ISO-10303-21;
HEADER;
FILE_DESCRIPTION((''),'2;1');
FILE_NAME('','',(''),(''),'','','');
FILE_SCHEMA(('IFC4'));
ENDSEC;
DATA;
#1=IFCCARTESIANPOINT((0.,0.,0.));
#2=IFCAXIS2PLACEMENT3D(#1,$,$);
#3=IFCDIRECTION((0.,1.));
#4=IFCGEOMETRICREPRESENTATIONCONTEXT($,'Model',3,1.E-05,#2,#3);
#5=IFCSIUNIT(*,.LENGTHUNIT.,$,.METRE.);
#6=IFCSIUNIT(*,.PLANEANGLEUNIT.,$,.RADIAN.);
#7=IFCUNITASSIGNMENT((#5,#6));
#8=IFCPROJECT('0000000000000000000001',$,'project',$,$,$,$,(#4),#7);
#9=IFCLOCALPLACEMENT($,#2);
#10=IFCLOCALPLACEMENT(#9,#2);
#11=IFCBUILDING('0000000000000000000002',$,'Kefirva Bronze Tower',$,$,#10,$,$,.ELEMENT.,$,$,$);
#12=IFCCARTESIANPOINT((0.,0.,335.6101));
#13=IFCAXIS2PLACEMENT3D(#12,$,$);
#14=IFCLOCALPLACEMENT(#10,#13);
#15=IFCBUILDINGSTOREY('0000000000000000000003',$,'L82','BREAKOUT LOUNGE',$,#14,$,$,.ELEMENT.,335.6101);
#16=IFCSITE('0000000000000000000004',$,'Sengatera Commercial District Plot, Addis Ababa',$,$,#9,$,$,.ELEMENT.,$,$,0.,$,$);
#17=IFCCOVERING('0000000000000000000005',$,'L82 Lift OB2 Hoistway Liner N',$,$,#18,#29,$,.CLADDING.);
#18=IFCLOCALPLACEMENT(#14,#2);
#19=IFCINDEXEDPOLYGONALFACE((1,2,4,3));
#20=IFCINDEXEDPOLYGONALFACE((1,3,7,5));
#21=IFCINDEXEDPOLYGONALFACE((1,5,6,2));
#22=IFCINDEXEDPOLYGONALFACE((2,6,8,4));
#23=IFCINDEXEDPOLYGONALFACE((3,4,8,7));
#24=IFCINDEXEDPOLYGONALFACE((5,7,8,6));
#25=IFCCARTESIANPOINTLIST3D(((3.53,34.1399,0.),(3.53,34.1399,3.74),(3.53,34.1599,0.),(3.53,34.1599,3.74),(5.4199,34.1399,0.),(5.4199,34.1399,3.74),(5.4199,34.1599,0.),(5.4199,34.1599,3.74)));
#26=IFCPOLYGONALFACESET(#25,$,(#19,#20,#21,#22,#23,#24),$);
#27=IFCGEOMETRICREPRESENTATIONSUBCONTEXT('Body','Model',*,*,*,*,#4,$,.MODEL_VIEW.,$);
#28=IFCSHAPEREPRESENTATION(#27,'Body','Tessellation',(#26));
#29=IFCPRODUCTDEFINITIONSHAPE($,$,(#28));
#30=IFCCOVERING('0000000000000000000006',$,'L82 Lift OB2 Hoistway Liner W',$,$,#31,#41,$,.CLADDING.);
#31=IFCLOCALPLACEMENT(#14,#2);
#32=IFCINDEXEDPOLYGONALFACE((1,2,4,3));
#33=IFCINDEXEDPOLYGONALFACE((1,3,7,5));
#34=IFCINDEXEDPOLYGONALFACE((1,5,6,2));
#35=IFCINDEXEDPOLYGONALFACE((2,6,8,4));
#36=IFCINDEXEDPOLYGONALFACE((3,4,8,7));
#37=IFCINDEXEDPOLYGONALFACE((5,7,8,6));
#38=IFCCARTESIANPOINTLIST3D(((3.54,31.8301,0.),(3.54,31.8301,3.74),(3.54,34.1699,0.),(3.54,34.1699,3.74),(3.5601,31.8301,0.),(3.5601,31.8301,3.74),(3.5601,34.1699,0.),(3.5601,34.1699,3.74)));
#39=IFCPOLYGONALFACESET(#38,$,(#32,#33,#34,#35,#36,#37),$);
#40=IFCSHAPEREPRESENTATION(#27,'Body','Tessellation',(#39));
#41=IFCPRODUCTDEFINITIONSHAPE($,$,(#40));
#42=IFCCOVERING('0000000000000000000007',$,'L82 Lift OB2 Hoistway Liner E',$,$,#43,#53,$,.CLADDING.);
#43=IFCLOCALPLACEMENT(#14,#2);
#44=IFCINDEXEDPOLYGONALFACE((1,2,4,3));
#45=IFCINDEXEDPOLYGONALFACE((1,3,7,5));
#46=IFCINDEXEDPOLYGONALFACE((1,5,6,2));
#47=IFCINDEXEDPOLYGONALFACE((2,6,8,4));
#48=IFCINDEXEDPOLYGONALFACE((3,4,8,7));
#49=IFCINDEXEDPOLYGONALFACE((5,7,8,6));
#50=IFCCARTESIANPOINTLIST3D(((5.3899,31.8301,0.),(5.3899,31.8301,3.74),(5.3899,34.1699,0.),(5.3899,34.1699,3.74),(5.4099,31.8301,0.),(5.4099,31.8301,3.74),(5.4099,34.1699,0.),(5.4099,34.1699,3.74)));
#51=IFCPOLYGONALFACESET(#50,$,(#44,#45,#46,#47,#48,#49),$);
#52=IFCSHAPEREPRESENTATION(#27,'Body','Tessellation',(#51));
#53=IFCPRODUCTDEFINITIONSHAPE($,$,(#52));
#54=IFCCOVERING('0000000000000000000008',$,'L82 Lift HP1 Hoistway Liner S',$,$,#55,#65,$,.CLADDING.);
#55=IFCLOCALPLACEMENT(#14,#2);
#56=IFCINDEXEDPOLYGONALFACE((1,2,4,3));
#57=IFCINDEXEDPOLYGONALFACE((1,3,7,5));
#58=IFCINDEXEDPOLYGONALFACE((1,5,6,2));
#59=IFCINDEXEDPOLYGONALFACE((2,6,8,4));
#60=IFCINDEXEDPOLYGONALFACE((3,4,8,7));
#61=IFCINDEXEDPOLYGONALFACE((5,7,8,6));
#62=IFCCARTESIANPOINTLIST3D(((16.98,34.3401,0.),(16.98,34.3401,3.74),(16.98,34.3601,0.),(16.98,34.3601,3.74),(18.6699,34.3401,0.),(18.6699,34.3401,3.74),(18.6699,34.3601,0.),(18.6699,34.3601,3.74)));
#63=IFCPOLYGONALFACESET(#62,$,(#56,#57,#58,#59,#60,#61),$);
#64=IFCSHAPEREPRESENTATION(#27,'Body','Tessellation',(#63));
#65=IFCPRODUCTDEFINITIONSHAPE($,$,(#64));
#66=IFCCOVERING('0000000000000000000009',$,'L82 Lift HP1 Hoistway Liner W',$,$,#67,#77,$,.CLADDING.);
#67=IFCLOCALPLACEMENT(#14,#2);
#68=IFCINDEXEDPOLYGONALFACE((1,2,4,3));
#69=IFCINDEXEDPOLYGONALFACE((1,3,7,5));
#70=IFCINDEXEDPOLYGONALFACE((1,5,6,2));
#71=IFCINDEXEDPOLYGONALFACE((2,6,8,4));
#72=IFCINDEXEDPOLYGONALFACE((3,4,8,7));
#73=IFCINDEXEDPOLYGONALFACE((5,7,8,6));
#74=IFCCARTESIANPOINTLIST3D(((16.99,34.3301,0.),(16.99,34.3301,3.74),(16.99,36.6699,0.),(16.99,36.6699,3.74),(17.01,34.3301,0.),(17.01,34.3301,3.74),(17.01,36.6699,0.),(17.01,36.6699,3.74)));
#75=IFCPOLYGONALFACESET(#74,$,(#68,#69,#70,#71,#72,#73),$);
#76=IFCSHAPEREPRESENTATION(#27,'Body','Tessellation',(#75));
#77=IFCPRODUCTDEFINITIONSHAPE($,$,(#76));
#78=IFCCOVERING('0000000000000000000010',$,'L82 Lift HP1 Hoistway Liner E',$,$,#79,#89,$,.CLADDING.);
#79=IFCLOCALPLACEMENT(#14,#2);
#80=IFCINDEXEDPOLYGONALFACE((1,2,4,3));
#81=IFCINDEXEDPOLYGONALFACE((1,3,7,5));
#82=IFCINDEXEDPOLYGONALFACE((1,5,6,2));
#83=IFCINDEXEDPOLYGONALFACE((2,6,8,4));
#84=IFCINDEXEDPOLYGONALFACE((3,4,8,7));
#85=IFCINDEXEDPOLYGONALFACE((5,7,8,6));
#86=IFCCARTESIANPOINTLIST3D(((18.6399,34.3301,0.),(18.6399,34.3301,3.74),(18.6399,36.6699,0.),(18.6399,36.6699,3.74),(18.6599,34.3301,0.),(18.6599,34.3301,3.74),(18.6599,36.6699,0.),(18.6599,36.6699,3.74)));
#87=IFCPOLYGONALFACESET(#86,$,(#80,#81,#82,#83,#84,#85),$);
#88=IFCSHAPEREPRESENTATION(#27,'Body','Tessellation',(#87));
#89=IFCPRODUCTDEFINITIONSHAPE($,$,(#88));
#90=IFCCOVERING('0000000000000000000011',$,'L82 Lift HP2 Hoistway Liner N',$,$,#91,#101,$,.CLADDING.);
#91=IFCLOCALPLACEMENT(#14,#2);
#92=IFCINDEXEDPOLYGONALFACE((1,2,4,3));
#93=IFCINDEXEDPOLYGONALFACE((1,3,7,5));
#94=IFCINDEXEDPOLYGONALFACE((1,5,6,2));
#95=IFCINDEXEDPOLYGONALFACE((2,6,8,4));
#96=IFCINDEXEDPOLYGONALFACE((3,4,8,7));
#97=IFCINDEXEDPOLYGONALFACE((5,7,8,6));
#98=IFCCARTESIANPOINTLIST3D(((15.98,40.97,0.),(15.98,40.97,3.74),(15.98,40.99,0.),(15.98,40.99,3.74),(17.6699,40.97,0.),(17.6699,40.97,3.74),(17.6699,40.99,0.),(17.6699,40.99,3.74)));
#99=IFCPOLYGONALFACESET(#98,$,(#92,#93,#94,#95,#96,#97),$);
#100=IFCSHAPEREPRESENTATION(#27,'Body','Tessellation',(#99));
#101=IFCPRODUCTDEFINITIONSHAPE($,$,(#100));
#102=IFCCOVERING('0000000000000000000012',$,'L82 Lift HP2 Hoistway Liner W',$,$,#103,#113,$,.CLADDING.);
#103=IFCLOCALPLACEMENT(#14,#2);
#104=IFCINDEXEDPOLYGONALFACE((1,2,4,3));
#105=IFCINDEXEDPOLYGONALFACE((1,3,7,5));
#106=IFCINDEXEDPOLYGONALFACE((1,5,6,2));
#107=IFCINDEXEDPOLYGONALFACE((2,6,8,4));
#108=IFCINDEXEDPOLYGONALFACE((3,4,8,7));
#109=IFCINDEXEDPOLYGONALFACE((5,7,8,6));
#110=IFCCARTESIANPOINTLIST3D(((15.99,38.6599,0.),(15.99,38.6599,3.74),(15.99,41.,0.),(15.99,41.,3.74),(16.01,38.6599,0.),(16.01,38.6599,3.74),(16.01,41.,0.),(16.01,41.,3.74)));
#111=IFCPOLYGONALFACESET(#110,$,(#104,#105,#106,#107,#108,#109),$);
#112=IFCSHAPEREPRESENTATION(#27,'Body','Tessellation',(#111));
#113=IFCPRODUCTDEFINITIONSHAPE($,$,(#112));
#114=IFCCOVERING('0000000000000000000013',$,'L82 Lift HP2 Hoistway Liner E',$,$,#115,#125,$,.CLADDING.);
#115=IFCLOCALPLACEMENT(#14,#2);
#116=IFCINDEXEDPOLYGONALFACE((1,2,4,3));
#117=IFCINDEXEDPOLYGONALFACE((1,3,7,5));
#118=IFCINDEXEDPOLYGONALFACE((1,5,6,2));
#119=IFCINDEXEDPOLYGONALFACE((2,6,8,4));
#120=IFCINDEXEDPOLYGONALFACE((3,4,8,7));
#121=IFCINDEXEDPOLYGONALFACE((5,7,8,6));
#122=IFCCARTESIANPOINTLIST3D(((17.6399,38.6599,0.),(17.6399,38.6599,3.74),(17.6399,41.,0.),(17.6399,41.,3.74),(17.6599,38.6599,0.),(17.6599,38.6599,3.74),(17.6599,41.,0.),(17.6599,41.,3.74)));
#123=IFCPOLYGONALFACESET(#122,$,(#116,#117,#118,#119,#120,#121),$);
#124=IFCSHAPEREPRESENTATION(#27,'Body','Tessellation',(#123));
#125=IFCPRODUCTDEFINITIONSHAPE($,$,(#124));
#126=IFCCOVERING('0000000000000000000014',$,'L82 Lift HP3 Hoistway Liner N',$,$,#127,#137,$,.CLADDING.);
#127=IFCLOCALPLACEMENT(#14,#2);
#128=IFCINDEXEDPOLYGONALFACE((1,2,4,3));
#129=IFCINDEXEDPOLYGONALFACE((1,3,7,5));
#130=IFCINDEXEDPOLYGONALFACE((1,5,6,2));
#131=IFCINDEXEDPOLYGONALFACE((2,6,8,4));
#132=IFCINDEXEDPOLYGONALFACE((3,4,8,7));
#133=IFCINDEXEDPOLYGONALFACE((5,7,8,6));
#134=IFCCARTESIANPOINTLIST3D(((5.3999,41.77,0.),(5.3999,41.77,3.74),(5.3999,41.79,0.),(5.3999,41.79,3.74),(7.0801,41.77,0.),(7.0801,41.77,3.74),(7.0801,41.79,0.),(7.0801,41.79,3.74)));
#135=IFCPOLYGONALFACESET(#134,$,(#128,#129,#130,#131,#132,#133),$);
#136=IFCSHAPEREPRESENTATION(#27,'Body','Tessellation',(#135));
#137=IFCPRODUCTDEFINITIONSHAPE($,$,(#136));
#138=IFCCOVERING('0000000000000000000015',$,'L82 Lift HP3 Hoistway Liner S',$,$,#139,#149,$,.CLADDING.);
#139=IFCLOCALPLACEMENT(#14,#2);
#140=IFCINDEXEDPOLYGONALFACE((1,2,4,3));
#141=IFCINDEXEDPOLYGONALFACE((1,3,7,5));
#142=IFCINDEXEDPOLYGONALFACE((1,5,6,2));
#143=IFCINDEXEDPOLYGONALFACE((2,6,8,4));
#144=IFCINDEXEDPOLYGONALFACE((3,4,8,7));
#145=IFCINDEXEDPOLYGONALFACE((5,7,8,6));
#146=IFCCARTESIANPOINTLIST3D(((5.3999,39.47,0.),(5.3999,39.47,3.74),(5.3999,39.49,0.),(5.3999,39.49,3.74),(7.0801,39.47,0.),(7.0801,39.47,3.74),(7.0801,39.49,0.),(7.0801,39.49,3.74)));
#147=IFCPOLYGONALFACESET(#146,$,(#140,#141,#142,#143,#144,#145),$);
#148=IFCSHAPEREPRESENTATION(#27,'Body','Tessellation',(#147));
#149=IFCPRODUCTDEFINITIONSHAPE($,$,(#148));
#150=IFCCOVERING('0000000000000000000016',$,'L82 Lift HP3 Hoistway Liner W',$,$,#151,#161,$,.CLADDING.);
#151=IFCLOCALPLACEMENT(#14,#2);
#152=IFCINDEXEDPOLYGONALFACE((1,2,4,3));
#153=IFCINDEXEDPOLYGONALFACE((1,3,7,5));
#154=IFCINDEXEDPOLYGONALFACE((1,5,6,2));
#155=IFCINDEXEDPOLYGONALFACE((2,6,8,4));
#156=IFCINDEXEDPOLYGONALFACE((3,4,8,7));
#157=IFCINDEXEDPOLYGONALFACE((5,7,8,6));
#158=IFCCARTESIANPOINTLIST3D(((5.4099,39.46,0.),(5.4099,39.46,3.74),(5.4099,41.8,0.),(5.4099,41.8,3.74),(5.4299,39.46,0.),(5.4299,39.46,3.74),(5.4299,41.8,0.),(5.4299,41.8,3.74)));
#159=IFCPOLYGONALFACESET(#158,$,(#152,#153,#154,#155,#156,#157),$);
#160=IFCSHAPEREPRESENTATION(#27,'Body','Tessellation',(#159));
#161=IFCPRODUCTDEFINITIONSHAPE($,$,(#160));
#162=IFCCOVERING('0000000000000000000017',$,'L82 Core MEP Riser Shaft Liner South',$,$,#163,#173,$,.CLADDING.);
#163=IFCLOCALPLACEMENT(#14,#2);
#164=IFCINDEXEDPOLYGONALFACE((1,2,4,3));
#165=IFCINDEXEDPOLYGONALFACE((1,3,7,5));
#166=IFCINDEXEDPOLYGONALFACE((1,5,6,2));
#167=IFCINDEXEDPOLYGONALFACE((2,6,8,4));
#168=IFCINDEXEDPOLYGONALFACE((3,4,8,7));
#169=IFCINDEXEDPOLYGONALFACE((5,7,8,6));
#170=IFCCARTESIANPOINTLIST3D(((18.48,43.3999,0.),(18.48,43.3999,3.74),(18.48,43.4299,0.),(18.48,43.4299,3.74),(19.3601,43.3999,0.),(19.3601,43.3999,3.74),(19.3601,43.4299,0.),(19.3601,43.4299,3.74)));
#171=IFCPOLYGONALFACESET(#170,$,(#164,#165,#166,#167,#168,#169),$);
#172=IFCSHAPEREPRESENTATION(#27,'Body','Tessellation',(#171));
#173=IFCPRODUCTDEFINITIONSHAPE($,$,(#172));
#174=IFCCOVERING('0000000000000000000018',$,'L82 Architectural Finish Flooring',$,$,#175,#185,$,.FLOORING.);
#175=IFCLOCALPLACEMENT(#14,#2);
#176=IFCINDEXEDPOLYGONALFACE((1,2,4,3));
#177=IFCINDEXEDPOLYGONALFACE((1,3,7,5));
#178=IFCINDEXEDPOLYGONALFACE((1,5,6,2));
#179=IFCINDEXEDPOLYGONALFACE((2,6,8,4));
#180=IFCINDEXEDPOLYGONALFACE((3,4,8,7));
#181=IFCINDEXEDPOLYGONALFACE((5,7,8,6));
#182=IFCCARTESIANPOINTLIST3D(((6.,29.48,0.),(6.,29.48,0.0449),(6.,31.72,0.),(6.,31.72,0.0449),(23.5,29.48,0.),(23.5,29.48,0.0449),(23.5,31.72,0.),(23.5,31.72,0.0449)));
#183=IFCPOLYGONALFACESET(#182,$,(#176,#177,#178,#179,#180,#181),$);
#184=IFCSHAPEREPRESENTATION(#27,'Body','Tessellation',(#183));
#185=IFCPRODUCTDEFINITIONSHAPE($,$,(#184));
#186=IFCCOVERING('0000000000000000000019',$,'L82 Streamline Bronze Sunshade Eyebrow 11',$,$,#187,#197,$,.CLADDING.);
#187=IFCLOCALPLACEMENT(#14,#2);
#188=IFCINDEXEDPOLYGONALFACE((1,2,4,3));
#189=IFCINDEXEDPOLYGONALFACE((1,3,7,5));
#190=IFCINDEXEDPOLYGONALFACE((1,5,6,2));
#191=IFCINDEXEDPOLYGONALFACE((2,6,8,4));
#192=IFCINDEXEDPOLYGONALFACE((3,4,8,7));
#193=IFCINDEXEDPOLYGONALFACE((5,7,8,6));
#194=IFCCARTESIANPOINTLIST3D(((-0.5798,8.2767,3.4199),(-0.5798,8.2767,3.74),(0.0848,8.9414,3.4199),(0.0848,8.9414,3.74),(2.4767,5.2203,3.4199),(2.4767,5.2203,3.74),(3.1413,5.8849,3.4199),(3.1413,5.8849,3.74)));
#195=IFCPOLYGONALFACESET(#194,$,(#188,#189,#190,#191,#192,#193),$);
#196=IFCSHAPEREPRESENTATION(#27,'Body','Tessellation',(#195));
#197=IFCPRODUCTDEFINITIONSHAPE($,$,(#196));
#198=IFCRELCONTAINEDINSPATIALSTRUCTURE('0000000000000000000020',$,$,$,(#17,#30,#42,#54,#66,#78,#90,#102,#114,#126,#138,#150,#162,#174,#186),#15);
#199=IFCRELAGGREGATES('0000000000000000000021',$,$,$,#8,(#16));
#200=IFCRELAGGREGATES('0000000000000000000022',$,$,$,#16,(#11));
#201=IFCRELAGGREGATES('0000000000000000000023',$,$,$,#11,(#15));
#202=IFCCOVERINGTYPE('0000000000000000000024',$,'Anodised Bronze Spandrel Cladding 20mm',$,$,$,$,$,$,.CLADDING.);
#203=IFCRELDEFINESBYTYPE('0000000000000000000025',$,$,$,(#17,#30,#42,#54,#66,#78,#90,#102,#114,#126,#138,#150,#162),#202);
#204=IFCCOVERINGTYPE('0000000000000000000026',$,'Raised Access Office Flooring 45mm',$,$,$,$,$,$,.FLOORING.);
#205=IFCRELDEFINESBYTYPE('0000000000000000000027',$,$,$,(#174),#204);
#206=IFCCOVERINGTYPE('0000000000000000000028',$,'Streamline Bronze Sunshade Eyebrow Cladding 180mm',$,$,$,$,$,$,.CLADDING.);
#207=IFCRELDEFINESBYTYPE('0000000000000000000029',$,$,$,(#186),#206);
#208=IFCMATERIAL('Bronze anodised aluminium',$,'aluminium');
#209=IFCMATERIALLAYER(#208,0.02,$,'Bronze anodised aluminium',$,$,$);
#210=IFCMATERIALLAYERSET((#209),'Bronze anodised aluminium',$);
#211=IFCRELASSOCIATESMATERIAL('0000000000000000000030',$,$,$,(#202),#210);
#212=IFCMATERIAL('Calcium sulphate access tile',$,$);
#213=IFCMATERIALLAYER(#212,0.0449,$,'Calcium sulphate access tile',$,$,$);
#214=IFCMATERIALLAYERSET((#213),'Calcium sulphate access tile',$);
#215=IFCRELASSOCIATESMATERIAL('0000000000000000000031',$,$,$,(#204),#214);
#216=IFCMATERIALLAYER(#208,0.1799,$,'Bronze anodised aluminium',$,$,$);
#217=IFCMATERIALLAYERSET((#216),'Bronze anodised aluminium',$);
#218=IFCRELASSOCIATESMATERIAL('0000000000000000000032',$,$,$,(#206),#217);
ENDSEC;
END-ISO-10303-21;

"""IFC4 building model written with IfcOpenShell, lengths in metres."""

from ifc_helpers import new_model, si_unit, direction, frame, origin, origin_2d, place, context, subcontext, project, spatial, polyline, rectangle, outline, extrude, material, layer, layer_set, type_object, element, save


model = new_model("IFC4")

# Units and contexts
model_context = context("Model", 3, precision=1e-05, world=origin(), true_north=direction((0.0, 1.0)))
body_context = subcontext(model_context, "Body", "Model", "MODEL_VIEW")
ifc_project = project(units=[si_unit("LENGTHUNIT", "METRE"), si_unit("PLANEANGLEUNIT", "RADIAN")], contexts=[model_context])

# Site, building, storey
site_placement = place(None, origin())
site = spatial("IfcSite", under=ifc_project, at=site_placement, Name="Sengatera Commercial District Plot, Addis Ababa", CompositionType="ELEMENT", RefElevation=0.0)
building_placement = place(site_placement, origin())
building = spatial("IfcBuilding", under=site, at=building_placement, Name="Kefirva Bronze Tower", CompositionType="ELEMENT")
storey_placement = place(building_placement, frame((0.0, 0.0, 335.6101)))
storey = spatial("IfcBuildingStorey", under=building, at=storey_placement, Name="L82", Description="BREAKOUT LOUNGE", CompositionType="ELEMENT", Elevation=335.6101)

# Shared definitions
ifc_material_1 = material(Name="Bronze anodised aluminium", Category="aluminium")

# Coverings
ifc_layer_1 = layer(ifc_material_1, 0.02, Name="Bronze anodised aluminium")
ifc_layer_set_1 = layer_set([ifc_layer_1], Name="Bronze anodised aluminium")
covering_type_1 = type_object("IfcCoveringType", Name="Anodised Bronze Spandrel Cladding 20mm", PredefinedType="CLADDING", material=ifc_layer_set_1)
covering_1_placement = place(storey_placement, origin())
element("IfcCovering", 1, at=covering_1_placement, inside=storey, type_object=covering_type_1, Name="L82 Lift OB2 Hoistway Liner N", PredefinedType="CLADDING", context=body_context, shape_type="SweptSolid", body=[
    extrude(outline(polyline([(3.53, 34.1399), (5.4199, 34.1399), (5.4199, 34.1599), (3.53, 34.1599), (3.53, 34.1399)])), origin(), (0.0, 0.0, 1.0), 3.74),
])
covering_2_placement = place(storey_placement, origin())
element("IfcCovering", 2, at=covering_2_placement, inside=storey, type_object=covering_type_1, Name="L82 Lift OB2 Hoistway Liner W", PredefinedType="CLADDING", context=body_context, shape_type="SweptSolid", body=[
    extrude(outline(polyline([(3.54, 31.8301), (3.5601, 31.8301), (3.5601, 34.1699), (3.54, 34.1699), (3.54, 31.8301)])), origin(), (0.0, 0.0, 1.0), 3.74),
])
covering_3_placement = place(storey_placement, origin())
element("IfcCovering", 3, at=covering_3_placement, inside=storey, type_object=covering_type_1, Name="L82 Lift OB2 Hoistway Liner E", PredefinedType="CLADDING", context=body_context, shape_type="SweptSolid", body=[
    extrude(outline(polyline([(5.3899, 31.8301), (5.4099, 31.8301), (5.4099, 34.1699), (5.3899, 34.1699), (5.3899, 31.8301)])), origin(), (0.0, 0.0, 1.0), 3.74),
])
covering_4_placement = place(storey_placement, origin())
element("IfcCovering", 4, at=covering_4_placement, inside=storey, type_object=covering_type_1, Name="L82 Lift HP1 Hoistway Liner S", PredefinedType="CLADDING", context=body_context, shape_type="SweptSolid", body=[
    extrude(outline(polyline([(16.98, 34.3401), (18.6699, 34.3401), (18.6699, 34.3601), (16.98, 34.3601), (16.98, 34.3401)])), origin(), (0.0, 0.0, 1.0), 3.74),
])
covering_5_placement = place(storey_placement, origin())
element("IfcCovering", 5, at=covering_5_placement, inside=storey, type_object=covering_type_1, Name="L82 Lift HP1 Hoistway Liner W", PredefinedType="CLADDING", context=body_context, shape_type="SweptSolid", body=[
    extrude(outline(polyline([(16.99, 34.3301), (17.01, 34.3301), (17.01, 36.6699), (16.99, 36.6699), (16.99, 34.3301)])), origin(), (0.0, 0.0, 1.0), 3.74),
])
covering_6_placement = place(storey_placement, origin())
element("IfcCovering", 6, at=covering_6_placement, inside=storey, type_object=covering_type_1, Name="L82 Lift HP1 Hoistway Liner E", PredefinedType="CLADDING", context=body_context, shape_type="SweptSolid", body=[
    extrude(outline(polyline([(18.6399, 34.3301), (18.6599, 34.3301), (18.6599, 36.6699), (18.6399, 36.6699), (18.6399, 34.3301)])), origin(), (0.0, 0.0, 1.0), 3.74),
])
covering_7_placement = place(storey_placement, origin())
element("IfcCovering", 7, at=covering_7_placement, inside=storey, type_object=covering_type_1, Name="L82 Lift HP2 Hoistway Liner N", PredefinedType="CLADDING", context=body_context, shape_type="SweptSolid", body=[
    extrude(outline(polyline([(15.98, 40.97), (17.6699, 40.97), (17.6699, 40.99), (15.98, 40.99), (15.98, 40.97)])), origin(), (0.0, 0.0, 1.0), 3.74),
])
covering_8_placement = place(storey_placement, origin())
element("IfcCovering", 8, at=covering_8_placement, inside=storey, type_object=covering_type_1, Name="L82 Lift HP2 Hoistway Liner W", PredefinedType="CLADDING", context=body_context, shape_type="SweptSolid", body=[
    extrude(outline(polyline([(15.99, 38.6599), (16.01, 38.6599), (16.01, 41.0), (15.99, 41.0), (15.99, 38.6599)])), origin(), (0.0, 0.0, 1.0), 3.74),
])
covering_9_placement = place(storey_placement, origin())
element("IfcCovering", 9, at=covering_9_placement, inside=storey, type_object=covering_type_1, Name="L82 Lift HP2 Hoistway Liner E", PredefinedType="CLADDING", context=body_context, shape_type="SweptSolid", body=[
    extrude(outline(polyline([(17.6399, 38.6599), (17.6599, 38.6599), (17.6599, 41.0), (17.6399, 41.0), (17.6399, 38.6599)])), origin(), (0.0, 0.0, 1.0), 3.74),
])
covering_10_placement = place(storey_placement, origin())
element("IfcCovering", 10, at=covering_10_placement, inside=storey, type_object=covering_type_1, Name="L82 Lift HP3 Hoistway Liner N", PredefinedType="CLADDING", context=body_context, shape_type="SweptSolid", body=[
    extrude(outline(polyline([(5.3999, 41.77), (7.0801, 41.77), (7.0801, 41.79), (5.3999, 41.79), (5.3999, 41.77)])), origin(), (0.0, 0.0, 1.0), 3.74),
])
covering_11_placement = place(storey_placement, origin())
element("IfcCovering", 11, at=covering_11_placement, inside=storey, type_object=covering_type_1, Name="L82 Lift HP3 Hoistway Liner S", PredefinedType="CLADDING", context=body_context, shape_type="SweptSolid", body=[
    extrude(outline(polyline([(5.3999, 39.47), (7.0801, 39.47), (7.0801, 39.49), (5.3999, 39.49), (5.3999, 39.47)])), origin(), (0.0, 0.0, 1.0), 3.74),
])
covering_12_placement = place(storey_placement, origin())
element("IfcCovering", 12, at=covering_12_placement, inside=storey, type_object=covering_type_1, Name="L82 Lift HP3 Hoistway Liner W", PredefinedType="CLADDING", context=body_context, shape_type="SweptSolid", body=[
    extrude(outline(polyline([(5.4099, 39.46), (5.4299, 39.46), (5.4299, 41.8), (5.4099, 41.8), (5.4099, 39.46)])), origin(), (0.0, 0.0, 1.0), 3.74),
])
covering_13_placement = place(storey_placement, origin())
element("IfcCovering", 13, at=covering_13_placement, inside=storey, type_object=covering_type_1, Name="L82 Core MEP Riser Shaft Liner South", PredefinedType="CLADDING", context=body_context, shape_type="SweptSolid", body=[
    extrude(outline(polyline([(18.48, 43.3999), (19.3601, 43.3999), (19.3601, 43.4299), (18.48, 43.4299), (18.48, 43.3999)])), origin(), (0.0, 0.0, 1.0), 3.74),
])
ifc_material_2 = material(Name="Calcium sulphate access tile")
ifc_layer_2 = layer(ifc_material_2, 0.0449, Name="Calcium sulphate access tile")
ifc_layer_set_2 = layer_set([ifc_layer_2], Name="Calcium sulphate access tile")
covering_type_2 = type_object("IfcCoveringType", Name="Raised Access Office Flooring 45mm", PredefinedType="FLOORING", material=ifc_layer_set_2)
covering_14_placement = place(storey_placement, origin())
element("IfcCovering", 14, at=covering_14_placement, inside=storey, type_object=covering_type_2, Name="L82 Architectural Finish Flooring", PredefinedType="FLOORING", context=body_context, shape_type="SweptSolid", body=[
    extrude(outline(polyline([(6.0, 29.48), (23.5, 29.48), (23.5, 31.72), (6.0, 31.72), (6.0, 29.48)])), origin(), (0.0, 0.0, 1.0), 0.0449),
])
ifc_layer_3 = layer(ifc_material_1, 0.1799, Name="Bronze anodised aluminium")
ifc_layer_set_3 = layer_set([ifc_layer_3], Name="Bronze anodised aluminium")
covering_type_3 = type_object("IfcCoveringType", Name="Streamline Bronze Sunshade Eyebrow Cladding 180mm", PredefinedType="CLADDING", material=ifc_layer_set_3)
covering_15_placement = place(storey_placement, frame((1.2808, 7.0808, 3.4199), z_axis=(0.0, 0.0, 1.0), x_axis=(0.707107, -0.707107, 0.0)))
element("IfcCovering", 15, at=covering_15_placement, inside=storey, type_object=covering_type_3, Name="L82 Streamline Bronze Sunshade Eyebrow 11", PredefinedType="CLADDING", context=body_context, shape_type="SweptSolid", body=[
    extrude(rectangle(XDim=4.3225, YDim=0.9399, at=origin_2d()), origin(), (0.0, 0.0, 1.0), 0.3201),
])

save(model, "model.ifc")
